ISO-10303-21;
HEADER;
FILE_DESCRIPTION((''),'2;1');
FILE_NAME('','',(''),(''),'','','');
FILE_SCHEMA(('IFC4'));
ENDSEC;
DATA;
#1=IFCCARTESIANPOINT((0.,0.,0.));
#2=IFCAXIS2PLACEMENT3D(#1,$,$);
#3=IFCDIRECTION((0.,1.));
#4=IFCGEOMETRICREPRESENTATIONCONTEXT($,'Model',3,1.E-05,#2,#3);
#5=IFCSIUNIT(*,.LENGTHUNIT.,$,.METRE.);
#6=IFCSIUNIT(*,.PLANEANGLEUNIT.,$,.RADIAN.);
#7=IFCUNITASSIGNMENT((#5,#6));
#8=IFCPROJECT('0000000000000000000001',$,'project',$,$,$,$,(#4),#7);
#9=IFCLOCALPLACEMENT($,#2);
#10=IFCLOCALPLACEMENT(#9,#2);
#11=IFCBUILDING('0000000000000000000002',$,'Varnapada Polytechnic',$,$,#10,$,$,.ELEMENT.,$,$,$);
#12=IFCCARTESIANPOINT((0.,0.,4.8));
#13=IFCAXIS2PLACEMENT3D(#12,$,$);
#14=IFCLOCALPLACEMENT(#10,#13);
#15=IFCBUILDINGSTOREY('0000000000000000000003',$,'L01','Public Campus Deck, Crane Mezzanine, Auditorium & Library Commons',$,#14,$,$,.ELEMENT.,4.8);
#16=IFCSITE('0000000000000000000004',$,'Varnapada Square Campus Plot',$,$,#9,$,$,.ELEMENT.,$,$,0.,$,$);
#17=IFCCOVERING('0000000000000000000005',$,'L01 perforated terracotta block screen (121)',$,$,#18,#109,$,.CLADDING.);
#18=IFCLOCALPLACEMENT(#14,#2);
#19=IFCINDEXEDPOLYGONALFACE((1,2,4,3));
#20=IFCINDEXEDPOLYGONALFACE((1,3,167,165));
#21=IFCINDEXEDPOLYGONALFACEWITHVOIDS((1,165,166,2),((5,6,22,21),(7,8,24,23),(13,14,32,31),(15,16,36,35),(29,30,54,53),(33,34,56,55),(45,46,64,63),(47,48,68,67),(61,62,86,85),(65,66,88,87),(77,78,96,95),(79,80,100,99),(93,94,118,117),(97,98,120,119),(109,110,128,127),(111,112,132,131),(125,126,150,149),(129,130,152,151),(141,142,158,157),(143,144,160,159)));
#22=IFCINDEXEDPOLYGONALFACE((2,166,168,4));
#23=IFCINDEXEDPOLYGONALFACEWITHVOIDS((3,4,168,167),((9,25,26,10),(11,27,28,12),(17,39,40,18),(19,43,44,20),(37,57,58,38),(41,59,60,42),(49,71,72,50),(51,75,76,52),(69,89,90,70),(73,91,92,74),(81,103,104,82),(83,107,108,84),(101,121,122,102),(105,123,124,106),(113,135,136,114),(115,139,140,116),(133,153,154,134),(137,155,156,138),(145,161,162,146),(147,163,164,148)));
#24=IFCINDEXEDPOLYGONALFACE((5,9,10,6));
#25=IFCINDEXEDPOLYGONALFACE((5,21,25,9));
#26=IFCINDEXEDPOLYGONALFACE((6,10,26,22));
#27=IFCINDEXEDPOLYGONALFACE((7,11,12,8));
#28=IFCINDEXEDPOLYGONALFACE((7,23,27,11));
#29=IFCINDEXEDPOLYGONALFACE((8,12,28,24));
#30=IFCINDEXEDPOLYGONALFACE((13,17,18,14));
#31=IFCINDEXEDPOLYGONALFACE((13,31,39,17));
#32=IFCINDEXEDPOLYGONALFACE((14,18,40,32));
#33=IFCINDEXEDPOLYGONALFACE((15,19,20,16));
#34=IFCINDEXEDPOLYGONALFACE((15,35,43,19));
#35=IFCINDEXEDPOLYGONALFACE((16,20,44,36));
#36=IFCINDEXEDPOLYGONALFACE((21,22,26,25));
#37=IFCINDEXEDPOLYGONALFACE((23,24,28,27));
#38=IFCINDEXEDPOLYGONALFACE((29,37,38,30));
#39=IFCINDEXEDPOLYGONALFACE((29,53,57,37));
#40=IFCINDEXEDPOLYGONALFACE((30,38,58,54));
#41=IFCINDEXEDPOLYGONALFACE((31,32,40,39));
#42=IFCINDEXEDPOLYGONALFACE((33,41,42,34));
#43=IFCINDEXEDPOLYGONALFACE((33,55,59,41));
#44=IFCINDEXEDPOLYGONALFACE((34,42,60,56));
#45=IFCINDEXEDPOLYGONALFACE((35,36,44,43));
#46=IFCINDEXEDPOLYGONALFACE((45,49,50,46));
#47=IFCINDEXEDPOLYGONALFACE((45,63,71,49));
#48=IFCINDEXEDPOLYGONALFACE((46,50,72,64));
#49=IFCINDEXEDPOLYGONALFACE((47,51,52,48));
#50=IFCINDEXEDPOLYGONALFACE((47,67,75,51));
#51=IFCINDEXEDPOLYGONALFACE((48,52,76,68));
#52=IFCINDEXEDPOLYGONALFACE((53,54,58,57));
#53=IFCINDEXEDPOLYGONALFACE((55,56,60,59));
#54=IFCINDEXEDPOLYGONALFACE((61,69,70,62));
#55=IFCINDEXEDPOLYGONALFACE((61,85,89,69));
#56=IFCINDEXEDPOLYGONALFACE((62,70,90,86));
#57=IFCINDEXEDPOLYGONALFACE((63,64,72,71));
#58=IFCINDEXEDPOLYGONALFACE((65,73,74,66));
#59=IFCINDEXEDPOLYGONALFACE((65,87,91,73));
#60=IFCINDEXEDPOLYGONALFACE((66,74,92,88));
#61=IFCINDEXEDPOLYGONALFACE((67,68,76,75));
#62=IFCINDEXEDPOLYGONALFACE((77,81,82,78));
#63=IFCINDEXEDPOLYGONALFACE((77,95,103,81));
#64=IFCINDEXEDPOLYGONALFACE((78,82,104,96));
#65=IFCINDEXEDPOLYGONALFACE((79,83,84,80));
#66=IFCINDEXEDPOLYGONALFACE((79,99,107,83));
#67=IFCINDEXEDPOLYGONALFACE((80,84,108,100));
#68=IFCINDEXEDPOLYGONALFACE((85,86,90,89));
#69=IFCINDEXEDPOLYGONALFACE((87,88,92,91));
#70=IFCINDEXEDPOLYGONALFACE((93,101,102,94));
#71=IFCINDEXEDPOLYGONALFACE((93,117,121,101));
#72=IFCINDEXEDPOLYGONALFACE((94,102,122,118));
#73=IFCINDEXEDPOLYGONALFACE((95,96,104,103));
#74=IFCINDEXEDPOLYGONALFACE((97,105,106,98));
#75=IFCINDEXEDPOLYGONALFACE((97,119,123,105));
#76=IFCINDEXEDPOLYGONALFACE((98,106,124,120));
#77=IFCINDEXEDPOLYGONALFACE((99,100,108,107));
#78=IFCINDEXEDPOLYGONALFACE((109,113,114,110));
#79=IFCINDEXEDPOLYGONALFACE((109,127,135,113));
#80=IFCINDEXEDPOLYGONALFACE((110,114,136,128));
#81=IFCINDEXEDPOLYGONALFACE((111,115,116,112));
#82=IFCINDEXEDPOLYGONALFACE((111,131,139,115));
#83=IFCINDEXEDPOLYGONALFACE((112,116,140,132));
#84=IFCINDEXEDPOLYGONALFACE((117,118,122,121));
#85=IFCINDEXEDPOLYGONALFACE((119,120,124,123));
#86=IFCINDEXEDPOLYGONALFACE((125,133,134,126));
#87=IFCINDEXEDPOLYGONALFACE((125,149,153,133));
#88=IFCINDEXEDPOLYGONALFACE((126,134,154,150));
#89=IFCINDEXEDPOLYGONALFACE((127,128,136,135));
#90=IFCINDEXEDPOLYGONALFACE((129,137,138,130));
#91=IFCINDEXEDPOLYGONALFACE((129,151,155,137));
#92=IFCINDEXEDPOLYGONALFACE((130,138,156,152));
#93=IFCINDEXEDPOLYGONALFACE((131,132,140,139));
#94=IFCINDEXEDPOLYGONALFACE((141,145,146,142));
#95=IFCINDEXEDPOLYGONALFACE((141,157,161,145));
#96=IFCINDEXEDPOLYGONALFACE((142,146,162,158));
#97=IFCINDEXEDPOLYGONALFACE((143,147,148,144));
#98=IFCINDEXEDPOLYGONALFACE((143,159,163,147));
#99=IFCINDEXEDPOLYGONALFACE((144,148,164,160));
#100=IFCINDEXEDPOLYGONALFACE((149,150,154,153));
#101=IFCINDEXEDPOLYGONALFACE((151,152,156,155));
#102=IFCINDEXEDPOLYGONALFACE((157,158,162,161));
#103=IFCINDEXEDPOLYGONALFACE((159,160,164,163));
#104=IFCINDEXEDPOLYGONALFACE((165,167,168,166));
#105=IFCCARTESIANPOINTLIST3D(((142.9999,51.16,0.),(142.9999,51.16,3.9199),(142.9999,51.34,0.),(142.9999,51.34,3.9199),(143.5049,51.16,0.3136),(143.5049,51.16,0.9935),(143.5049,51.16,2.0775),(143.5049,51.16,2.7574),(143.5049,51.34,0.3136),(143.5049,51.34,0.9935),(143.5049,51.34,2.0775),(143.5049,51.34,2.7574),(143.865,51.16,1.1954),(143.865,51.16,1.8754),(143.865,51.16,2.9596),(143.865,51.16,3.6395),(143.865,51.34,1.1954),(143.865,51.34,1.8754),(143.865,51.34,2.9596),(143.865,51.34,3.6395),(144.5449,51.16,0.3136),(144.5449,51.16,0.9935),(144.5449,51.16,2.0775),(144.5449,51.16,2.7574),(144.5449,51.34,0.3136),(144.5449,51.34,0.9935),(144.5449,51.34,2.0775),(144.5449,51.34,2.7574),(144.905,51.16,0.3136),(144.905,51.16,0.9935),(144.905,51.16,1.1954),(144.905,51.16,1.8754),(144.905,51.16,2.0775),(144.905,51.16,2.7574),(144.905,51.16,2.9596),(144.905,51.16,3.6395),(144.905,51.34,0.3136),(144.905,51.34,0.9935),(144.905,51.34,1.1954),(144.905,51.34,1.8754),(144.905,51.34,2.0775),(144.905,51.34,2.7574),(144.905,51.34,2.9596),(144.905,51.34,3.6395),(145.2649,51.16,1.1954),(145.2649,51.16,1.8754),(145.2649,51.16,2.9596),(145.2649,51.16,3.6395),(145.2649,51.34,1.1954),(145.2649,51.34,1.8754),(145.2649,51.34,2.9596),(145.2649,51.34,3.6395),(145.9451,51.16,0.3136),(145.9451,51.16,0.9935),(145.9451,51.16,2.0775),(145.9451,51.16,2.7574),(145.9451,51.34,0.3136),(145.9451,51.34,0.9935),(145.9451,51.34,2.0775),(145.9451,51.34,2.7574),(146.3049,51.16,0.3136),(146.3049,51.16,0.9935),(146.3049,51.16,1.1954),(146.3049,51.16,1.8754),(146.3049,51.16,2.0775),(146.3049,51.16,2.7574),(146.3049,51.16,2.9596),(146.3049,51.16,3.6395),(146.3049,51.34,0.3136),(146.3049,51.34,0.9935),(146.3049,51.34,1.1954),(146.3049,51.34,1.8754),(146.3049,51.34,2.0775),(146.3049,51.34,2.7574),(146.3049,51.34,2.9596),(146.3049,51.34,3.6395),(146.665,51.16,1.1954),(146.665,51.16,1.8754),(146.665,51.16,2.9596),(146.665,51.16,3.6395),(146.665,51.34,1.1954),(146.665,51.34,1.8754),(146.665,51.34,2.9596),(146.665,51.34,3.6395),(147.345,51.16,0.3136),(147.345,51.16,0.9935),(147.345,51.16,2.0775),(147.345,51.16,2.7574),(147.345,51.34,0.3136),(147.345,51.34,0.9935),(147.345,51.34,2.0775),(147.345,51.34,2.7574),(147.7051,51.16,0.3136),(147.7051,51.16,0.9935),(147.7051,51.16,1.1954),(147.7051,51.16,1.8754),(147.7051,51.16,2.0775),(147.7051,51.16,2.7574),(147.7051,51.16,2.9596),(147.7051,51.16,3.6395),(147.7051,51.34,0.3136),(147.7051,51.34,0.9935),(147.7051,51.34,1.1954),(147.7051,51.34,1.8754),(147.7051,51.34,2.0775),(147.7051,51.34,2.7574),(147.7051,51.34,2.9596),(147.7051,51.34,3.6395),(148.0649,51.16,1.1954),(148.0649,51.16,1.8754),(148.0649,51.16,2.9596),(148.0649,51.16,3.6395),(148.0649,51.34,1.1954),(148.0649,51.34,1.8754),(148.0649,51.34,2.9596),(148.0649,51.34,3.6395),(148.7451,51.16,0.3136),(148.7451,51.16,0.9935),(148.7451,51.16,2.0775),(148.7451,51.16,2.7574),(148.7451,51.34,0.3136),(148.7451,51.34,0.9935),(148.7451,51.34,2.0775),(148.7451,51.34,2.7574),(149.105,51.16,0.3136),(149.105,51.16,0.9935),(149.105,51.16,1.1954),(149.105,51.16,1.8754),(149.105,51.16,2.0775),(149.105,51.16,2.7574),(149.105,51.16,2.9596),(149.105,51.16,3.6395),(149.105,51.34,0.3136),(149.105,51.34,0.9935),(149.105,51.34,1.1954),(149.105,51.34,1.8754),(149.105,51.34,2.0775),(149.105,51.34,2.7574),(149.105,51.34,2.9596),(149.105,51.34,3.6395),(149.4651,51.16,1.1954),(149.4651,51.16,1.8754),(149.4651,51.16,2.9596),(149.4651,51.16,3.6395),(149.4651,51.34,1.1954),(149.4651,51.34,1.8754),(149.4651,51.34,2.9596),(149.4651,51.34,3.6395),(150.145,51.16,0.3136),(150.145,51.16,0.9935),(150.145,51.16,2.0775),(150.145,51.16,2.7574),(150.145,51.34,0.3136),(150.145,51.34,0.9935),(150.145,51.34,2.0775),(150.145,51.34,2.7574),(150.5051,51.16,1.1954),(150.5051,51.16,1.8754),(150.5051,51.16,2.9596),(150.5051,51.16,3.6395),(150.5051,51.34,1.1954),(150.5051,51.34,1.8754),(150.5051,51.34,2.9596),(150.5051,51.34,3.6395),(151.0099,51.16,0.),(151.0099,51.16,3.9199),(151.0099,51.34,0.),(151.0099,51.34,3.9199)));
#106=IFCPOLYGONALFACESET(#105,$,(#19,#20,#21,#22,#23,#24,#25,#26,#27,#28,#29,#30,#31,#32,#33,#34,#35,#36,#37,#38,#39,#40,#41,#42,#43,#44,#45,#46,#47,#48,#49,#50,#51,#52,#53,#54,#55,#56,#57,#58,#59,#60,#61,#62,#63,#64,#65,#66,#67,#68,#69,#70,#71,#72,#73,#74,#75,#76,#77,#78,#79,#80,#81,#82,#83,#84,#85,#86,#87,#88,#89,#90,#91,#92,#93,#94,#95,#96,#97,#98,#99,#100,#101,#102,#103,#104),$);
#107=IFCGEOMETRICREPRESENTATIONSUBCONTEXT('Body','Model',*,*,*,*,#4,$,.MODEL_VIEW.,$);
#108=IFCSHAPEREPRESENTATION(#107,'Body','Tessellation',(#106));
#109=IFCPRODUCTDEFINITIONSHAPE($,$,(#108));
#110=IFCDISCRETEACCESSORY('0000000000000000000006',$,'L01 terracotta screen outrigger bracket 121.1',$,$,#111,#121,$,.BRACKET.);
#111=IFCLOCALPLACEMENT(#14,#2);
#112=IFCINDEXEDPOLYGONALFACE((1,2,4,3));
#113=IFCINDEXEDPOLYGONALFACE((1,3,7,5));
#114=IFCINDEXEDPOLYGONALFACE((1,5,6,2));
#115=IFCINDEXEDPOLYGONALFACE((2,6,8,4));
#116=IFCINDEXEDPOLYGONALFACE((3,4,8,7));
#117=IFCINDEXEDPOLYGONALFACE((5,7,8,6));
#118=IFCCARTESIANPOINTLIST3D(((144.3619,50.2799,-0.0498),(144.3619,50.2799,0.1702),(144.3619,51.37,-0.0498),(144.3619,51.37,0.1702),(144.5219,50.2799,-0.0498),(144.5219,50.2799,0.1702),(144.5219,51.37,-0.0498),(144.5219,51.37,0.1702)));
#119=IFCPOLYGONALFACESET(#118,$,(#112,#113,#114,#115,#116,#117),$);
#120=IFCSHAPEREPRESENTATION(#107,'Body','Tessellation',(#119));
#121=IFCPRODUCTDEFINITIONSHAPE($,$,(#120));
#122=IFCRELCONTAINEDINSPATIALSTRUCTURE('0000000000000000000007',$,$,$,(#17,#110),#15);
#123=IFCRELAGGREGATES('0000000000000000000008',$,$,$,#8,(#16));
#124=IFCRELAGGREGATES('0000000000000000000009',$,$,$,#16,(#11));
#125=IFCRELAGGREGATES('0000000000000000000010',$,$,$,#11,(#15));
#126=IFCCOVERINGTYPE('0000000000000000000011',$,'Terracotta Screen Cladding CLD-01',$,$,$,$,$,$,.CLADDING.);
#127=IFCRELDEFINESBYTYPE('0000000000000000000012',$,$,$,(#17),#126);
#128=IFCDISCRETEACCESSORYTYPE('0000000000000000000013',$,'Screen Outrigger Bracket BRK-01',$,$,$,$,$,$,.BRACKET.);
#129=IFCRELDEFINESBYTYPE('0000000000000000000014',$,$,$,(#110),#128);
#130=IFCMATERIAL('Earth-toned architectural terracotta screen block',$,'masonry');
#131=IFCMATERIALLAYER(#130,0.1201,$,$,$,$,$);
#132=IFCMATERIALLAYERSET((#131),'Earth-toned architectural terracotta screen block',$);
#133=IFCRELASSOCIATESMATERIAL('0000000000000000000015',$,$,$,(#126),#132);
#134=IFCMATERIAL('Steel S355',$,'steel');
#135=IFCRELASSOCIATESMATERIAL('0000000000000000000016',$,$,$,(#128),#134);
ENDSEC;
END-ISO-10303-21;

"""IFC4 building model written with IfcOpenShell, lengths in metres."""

from ifc_helpers import new_model, si_unit, direction, frame, frame_2d, origin, origin_2d, place, context, subcontext, project, spatial, rectangle, extrude, material, layer, layer_set, type_object, element, save


model = new_model("IFC4")

# Units and contexts
model_context = context("Model", 3, precision=1e-05, world=origin(), true_north=direction((0.0, 1.0)))
body_context = subcontext(model_context, "Body", "Model", "MODEL_VIEW")
ifc_project = project(units=[si_unit("LENGTHUNIT", "METRE"), si_unit("PLANEANGLEUNIT", "RADIAN")], contexts=[model_context])

# Site, building, storey
site_placement = place(None, origin())
site = spatial("IfcSite", under=ifc_project, at=site_placement, Name="Varnapada Square Campus Plot", CompositionType="ELEMENT", RefElevation=0.0)
building_placement = place(site_placement, origin())
building = spatial("IfcBuilding", under=site, at=building_placement, Name="Varnapada Polytechnic", CompositionType="ELEMENT")
storey_placement = place(building_placement, frame((0.0, 0.0, 4.8)))
storey = spatial("IfcBuildingStorey", under=building, at=storey_placement, Name="L01", Description="Public Campus Deck, Crane Mezzanine, Auditorium & Library Commons", CompositionType="ELEMENT", Elevation=4.8)

# Covering, openings
ifc_material_1 = material(Name="Earth-toned architectural terracotta screen block", Category="masonry")
ifc_layer_1 = layer(ifc_material_1, 0.1201)
ifc_layer_set_1 = layer_set([ifc_layer_1], Name="Earth-toned architectural terracotta screen block")
covering_type = type_object("IfcCoveringType", Name="Terracotta Screen Cladding CLD-01", PredefinedType="CLADDING", material=ifc_layer_set_1)
covering_placement = place(storey_placement, frame((143.0, 51.25, 0.0), z_axis=(0.0, 0.0, 1.0), x_axis=(1.0, 0.0, 0.0)))
covering = element("IfcCovering", 1, at=covering_placement, inside=storey, type_object=covering_type, Name="L01 perforated terracotta block screen (121)", PredefinedType="CLADDING", context=body_context, shape_type="SweptSolid", body=[
    extrude(rectangle(XDim=8.01, YDim=0.1799, at=frame_2d((4.0049, 0.0))), origin(), (0.0, 0.0, 1.0), 3.9199),
])
opening_1_placement = place(covering_placement, frame((0.5049, 0.0, 0.3137)))
element("IfcOpeningElement", 2, at=opening_1_placement, cuts=covering, PredefinedType="OPENING", context=body_context, shape_type="SweptSolid", body=[
    extrude(rectangle(XDim=1.04, YDim=0.6799, at=frame_2d((0.52, 0.3398))), frame((0.0, 0.0999, 0.0), z_axis=(0.0, -1.0, 0.0), x_axis=(1.0, 0.0, 0.0)), (0.0, 0.0, 1.0), 0.2),
])
opening_2_placement = place(covering_placement, frame((1.905, 0.0, 0.3137)))
element("IfcOpeningElement", 3, at=opening_2_placement, cuts=covering, PredefinedType="OPENING", context=body_context, shape_type="SweptSolid", body=[
    extrude(rectangle(XDim=1.04, YDim=0.6799, at=frame_2d((0.52, 0.3398))), frame((0.0, 0.0999, 0.0), z_axis=(0.0, -1.0, 0.0), x_axis=(1.0, 0.0, 0.0)), (0.0, 0.0, 1.0), 0.2),
])
opening_3_placement = place(covering_placement, frame((3.3049, 0.0, 0.3137)))
element("IfcOpeningElement", 4, at=opening_3_placement, cuts=covering, PredefinedType="OPENING", context=body_context, shape_type="SweptSolid", body=[
    extrude(rectangle(XDim=1.04, YDim=0.6799, at=frame_2d((0.52, 0.3398))), frame((0.0, 0.0999, 0.0), z_axis=(0.0, -1.0, 0.0), x_axis=(1.0, 0.0, 0.0)), (0.0, 0.0, 1.0), 0.2),
])
opening_4_placement = place(covering_placement, frame((4.7051, 0.0, 0.3137)))
element("IfcOpeningElement", 5, at=opening_4_placement, cuts=covering, PredefinedType="OPENING", context=body_context, shape_type="SweptSolid", body=[
    extrude(rectangle(XDim=1.04, YDim=0.6799, at=frame_2d((0.52, 0.3398))), frame((0.0, 0.0999, 0.0), z_axis=(0.0, -1.0, 0.0), x_axis=(1.0, 0.0, 0.0)), (0.0, 0.0, 1.0), 0.2),
])
opening_5_placement = place(covering_placement, frame((6.105, 0.0, 0.3137)))
element("IfcOpeningElement", 6, at=opening_5_placement, cuts=covering, PredefinedType="OPENING", context=body_context, shape_type="SweptSolid", body=[
    extrude(rectangle(XDim=1.04, YDim=0.6799, at=frame_2d((0.52, 0.3398))), frame((0.0, 0.0999, 0.0), z_axis=(0.0, -1.0, 0.0), x_axis=(1.0, 0.0, 0.0)), (0.0, 0.0, 1.0), 0.2),
])
opening_6_placement = place(covering_placement, frame((0.865, 0.0, 1.1956)))
element("IfcOpeningElement", 7, at=opening_6_placement, cuts=covering, PredefinedType="OPENING", context=body_context, shape_type="SweptSolid", body=[
    extrude(rectangle(XDim=1.04, YDim=0.6799, at=frame_2d((0.52, 0.3398))), frame((0.0, 0.0999, 0.0), z_axis=(0.0, -1.0, 0.0), x_axis=(1.0, 0.0, 0.0)), (0.0, 0.0, 1.0), 0.2),
])
opening_7_placement = place(covering_placement, frame((2.2649, 0.0, 1.1956)))
element("IfcOpeningElement", 8, at=opening_7_placement, cuts=covering, PredefinedType="OPENING", context=body_context, shape_type="SweptSolid", body=[
    extrude(rectangle(XDim=1.04, YDim=0.6799, at=frame_2d((0.52, 0.3398))), frame((0.0, 0.0999, 0.0), z_axis=(0.0, -1.0, 0.0), x_axis=(1.0, 0.0, 0.0)), (0.0, 0.0, 1.0), 0.2),
])
opening_8_placement = place(covering_placement, frame((3.665, 0.0, 1.1956)))
element("IfcOpeningElement", 9, at=opening_8_placement, cuts=covering, PredefinedType="OPENING", context=body_context, shape_type="SweptSolid", body=[
    extrude(rectangle(XDim=1.04, YDim=0.6799, at=frame_2d((0.52, 0.3398))), frame((0.0, 0.0999, 0.0), z_axis=(0.0, -1.0, 0.0), x_axis=(1.0, 0.0, 0.0)), (0.0, 0.0, 1.0), 0.2),
])
opening_9_placement = place(covering_placement, frame((5.0649, 0.0, 1.1956)))
element("IfcOpeningElement", 10, at=opening_9_placement, cuts=covering, PredefinedType="OPENING", context=body_context, shape_type="SweptSolid", body=[
    extrude(rectangle(XDim=1.04, YDim=0.6799, at=frame_2d((0.52, 0.3398))), frame((0.0, 0.0999, 0.0), z_axis=(0.0, -1.0, 0.0), x_axis=(1.0, 0.0, 0.0)), (0.0, 0.0, 1.0), 0.2),
])
opening_10_placement = place(covering_placement, frame((6.4651, 0.0, 1.1956)))
element("IfcOpeningElement", 11, at=opening_10_placement, cuts=covering, PredefinedType="OPENING", context=body_context, shape_type="SweptSolid", body=[
    extrude(rectangle(XDim=1.04, YDim=0.6799, at=frame_2d((0.52, 0.3398))), frame((0.0, 0.0999, 0.0), z_axis=(0.0, -1.0, 0.0), x_axis=(1.0, 0.0, 0.0)), (0.0, 0.0, 1.0), 0.2),
])
opening_11_placement = place(covering_placement, frame((0.5049, 0.0, 2.0776)))
element("IfcOpeningElement", 12, at=opening_11_placement, cuts=covering, PredefinedType="OPENING", context=body_context, shape_type="SweptSolid", body=[
    extrude(rectangle(XDim=1.04, YDim=0.6799, at=frame_2d((0.52, 0.3398))), frame((0.0, 0.0999, 0.0), z_axis=(0.0, -1.0, 0.0), x_axis=(1.0, 0.0, 0.0)), (0.0, 0.0, 1.0), 0.2),
])
opening_12_placement = place(covering_placement, frame((1.905, 0.0, 2.0776)))
element("IfcOpeningElement", 13, at=opening_12_placement, cuts=covering, PredefinedType="OPENING", context=body_context, shape_type="SweptSolid", body=[
    extrude(rectangle(XDim=1.04, YDim=0.6799, at=frame_2d((0.52, 0.3398))), frame((0.0, 0.0999, 0.0), z_axis=(0.0, -1.0, 0.0), x_axis=(1.0, 0.0, 0.0)), (0.0, 0.0, 1.0), 0.2),
])
opening_13_placement = place(covering_placement, frame((3.3049, 0.0, 2.0776)))
element("IfcOpeningElement", 14, at=opening_13_placement, cuts=covering, PredefinedType="OPENING", context=body_context, shape_type="SweptSolid", body=[
    extrude(rectangle(XDim=1.04, YDim=0.6799, at=frame_2d((0.52, 0.3398))), frame((0.0, 0.0999, 0.0), z_axis=(0.0, -1.0, 0.0), x_axis=(1.0, 0.0, 0.0)), (0.0, 0.0, 1.0), 0.2),
])
opening_14_placement = place(covering_placement, frame((4.7051, 0.0, 2.0776)))
element("IfcOpeningElement", 15, at=opening_14_placement, cuts=covering, PredefinedType="OPENING", context=body_context, shape_type="SweptSolid", body=[
    extrude(rectangle(XDim=1.04, YDim=0.6799, at=frame_2d((0.52, 0.3398))), frame((0.0, 0.0999, 0.0), z_axis=(0.0, -1.0, 0.0), x_axis=(1.0, 0.0, 0.0)), (0.0, 0.0, 1.0), 0.2),
])
opening_15_placement = place(covering_placement, frame((6.105, 0.0, 2.0776)))
element("IfcOpeningElement", 16, at=opening_15_placement, cuts=covering, PredefinedType="OPENING", context=body_context, shape_type="SweptSolid", body=[
    extrude(rectangle(XDim=1.04, YDim=0.6799, at=frame_2d((0.52, 0.3398))), frame((0.0, 0.0999, 0.0), z_axis=(0.0, -1.0, 0.0), x_axis=(1.0, 0.0, 0.0)), (0.0, 0.0, 1.0), 0.2),
])
opening_16_placement = place(covering_placement, frame((0.865, 0.0, 2.9597)))
element("IfcOpeningElement", 17, at=opening_16_placement, cuts=covering, PredefinedType="OPENING", context=body_context, shape_type="SweptSolid", body=[
    extrude(rectangle(XDim=1.04, YDim=0.6799, at=frame_2d((0.52, 0.3398))), frame((0.0, 0.0999, 0.0), z_axis=(0.0, -1.0, 0.0), x_axis=(1.0, 0.0, 0.0)), (0.0, 0.0, 1.0), 0.2),
])
opening_17_placement = place(covering_placement, frame((2.2649, 0.0, 2.9597)))
element("IfcOpeningElement", 18, at=opening_17_placement, cuts=covering, PredefinedType="OPENING", context=body_context, shape_type="SweptSolid", body=[
    extrude(rectangle(XDim=1.04, YDim=0.6799, at=frame_2d((0.52, 0.3398))), frame((0.0, 0.0999, 0.0), z_axis=(0.0, -1.0, 0.0), x_axis=(1.0, 0.0, 0.0)), (0.0, 0.0, 1.0), 0.2),
])
opening_18_placement = place(covering_placement, frame((3.665, 0.0, 2.9597)))
element("IfcOpeningElement", 19, at=opening_18_placement, cuts=covering, PredefinedType="OPENING", context=body_context, shape_type="SweptSolid", body=[
    extrude(rectangle(XDim=1.04, YDim=0.6799, at=frame_2d((0.52, 0.3398))), frame((0.0, 0.0999, 0.0), z_axis=(0.0, -1.0, 0.0), x_axis=(1.0, 0.0, 0.0)), (0.0, 0.0, 1.0), 0.2),
])
opening_19_placement = place(covering_placement, frame((5.0649, 0.0, 2.9597)))
element("IfcOpeningElement", 20, at=opening_19_placement, cuts=covering, PredefinedType="OPENING", context=body_context, shape_type="SweptSolid", body=[
    extrude(rectangle(XDim=1.04, YDim=0.6799, at=frame_2d((0.52, 0.3398))), frame((0.0, 0.0999, 0.0), z_axis=(0.0, -1.0, 0.0), x_axis=(1.0, 0.0, 0.0)), (0.0, 0.0, 1.0), 0.2),
])
opening_20_placement = place(covering_placement, frame((6.4651, 0.0, 2.9597)))
element("IfcOpeningElement", 21, at=opening_20_placement, cuts=covering, PredefinedType="OPENING", context=body_context, shape_type="SweptSolid", body=[
    extrude(rectangle(XDim=1.04, YDim=0.6799, at=frame_2d((0.52, 0.3398))), frame((0.0, 0.0999, 0.0), z_axis=(0.0, -1.0, 0.0), x_axis=(1.0, 0.0, 0.0)), (0.0, 0.0, 1.0), 0.2),
])

# Discrete accessory
ifc_material_2 = material(Name="Steel S355", Category="steel")
discrete_accessory_type = type_object("IfcDiscreteAccessoryType", Name="Screen Outrigger Bracket BRK-01", PredefinedType="BRACKET", material=ifc_material_2)
for number, where, z_axis, x_axis, name in (
    (22, (144.4419, 50.825, -0.0498), (0.0, 0.0, 1.0), (1.0, 0.0, 0.0), "L01 terracotta screen outrigger bracket 121.1"),
):
    element("IfcDiscreteAccessory", number, at=place(storey_placement, frame(where, z_axis=z_axis, x_axis=x_axis)), inside=storey, type_object=discrete_accessory_type, Name=name, PredefinedType="BRACKET", context=body_context, shape_type="SweptSolid", body=[
        extrude(rectangle(XDim=0.1599, YDim=1.0901, at=origin_2d()), origin(), (0.0, 0.0, 1.0), 0.22),
    ])

save(model, "model.ifc")
